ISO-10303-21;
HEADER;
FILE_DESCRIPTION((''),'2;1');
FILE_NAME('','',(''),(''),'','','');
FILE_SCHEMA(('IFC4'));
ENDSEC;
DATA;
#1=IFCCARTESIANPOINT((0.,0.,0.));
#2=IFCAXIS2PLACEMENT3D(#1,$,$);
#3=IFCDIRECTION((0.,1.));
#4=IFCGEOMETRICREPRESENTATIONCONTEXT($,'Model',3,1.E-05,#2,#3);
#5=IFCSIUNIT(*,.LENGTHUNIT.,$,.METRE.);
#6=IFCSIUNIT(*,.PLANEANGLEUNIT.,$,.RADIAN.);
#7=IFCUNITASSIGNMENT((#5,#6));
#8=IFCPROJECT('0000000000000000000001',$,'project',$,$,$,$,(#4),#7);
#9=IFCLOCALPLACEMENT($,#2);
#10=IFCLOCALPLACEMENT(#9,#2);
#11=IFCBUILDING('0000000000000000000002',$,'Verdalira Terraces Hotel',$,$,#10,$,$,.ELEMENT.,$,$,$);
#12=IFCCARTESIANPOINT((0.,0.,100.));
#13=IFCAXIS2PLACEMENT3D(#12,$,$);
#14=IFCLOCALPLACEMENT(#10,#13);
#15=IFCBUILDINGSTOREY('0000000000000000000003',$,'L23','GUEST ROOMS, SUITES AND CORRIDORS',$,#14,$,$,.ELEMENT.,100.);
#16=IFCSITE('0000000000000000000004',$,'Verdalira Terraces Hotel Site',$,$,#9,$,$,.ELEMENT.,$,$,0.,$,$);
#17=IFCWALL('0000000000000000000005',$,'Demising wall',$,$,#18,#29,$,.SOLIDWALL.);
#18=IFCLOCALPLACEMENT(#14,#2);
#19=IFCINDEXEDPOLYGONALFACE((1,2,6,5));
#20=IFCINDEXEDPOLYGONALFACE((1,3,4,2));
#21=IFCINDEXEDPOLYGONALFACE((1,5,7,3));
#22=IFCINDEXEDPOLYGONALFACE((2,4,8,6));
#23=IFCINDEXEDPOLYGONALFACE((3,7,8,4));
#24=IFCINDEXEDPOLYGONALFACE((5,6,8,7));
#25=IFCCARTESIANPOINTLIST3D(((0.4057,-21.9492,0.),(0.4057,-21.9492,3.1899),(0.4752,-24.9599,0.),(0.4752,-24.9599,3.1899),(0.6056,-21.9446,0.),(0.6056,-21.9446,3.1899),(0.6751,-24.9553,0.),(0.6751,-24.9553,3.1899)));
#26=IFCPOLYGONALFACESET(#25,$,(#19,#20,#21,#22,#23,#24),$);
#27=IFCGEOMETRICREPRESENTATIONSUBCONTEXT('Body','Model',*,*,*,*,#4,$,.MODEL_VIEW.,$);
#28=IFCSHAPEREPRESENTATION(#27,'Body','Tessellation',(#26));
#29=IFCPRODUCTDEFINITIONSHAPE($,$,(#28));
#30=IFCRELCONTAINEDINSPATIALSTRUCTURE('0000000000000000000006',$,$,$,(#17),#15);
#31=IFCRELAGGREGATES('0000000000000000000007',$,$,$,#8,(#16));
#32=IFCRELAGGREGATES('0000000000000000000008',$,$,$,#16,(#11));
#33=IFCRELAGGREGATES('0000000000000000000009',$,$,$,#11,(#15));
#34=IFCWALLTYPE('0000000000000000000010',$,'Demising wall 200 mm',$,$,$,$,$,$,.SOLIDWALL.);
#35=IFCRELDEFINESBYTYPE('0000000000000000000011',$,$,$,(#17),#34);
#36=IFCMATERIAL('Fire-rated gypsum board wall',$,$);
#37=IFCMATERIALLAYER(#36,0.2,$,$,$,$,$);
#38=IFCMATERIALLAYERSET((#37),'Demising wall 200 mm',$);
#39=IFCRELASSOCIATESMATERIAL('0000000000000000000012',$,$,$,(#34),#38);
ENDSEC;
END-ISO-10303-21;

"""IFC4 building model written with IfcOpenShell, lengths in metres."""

from ifc_helpers import new_model, si_unit, direction, frame, frame_2d, origin, place, context, subcontext, project, spatial, rectangle, extrude, material, layer, layer_set, type_object, element, save


model = new_model("IFC4")

# Units and contexts
model_context = context("Model", 3, precision=1e-05, world=origin(), true_north=direction((0.0, 1.0)))
body_context = subcontext(model_context, "Body", "Model", "MODEL_VIEW")
ifc_project = project(units=[si_unit("LENGTHUNIT", "METRE"), si_unit("PLANEANGLEUNIT", "RADIAN")], contexts=[model_context])

# Site, building, storey
site_placement = place(None, origin())
site = spatial("IfcSite", under=ifc_project, at=site_placement, Name="Verdalira Terraces Hotel Site", CompositionType="ELEMENT", RefElevation=0.0)
building_placement = place(site_placement, origin())
building = spatial("IfcBuilding", under=site, at=building_placement, Name="Verdalira Terraces Hotel", CompositionType="ELEMENT")
storey_placement = place(building_placement, frame((0.0, 0.0, 100.0)))
storey = spatial("IfcBuildingStorey", under=building, at=storey_placement, Name="L23", Description="GUEST ROOMS, SUITES AND CORRIDORS", CompositionType="ELEMENT", Elevation=100.0)

# Wall
ifc_material_1 = material(Name="Fire-rated gypsum board wall")
ifc_layer_1 = layer(ifc_material_1, 0.2)
ifc_layer_set_1 = layer_set([ifc_layer_1], Name="Demising wall 200 mm")
wall_type_1 = type_object("IfcWallType", Name="Demising wall 200 mm", PredefinedType="SOLIDWALL", material=ifc_layer_set_1)
wall_1_placement = place(storey_placement, frame((0.5056, -21.9468, 0.0), z_axis=(0.0, 0.0, 1.0), x_axis=(0.023104, -0.999733, 0.0)))
element("IfcWall", 1, at=wall_1_placement, inside=storey, type_object=wall_type_1, Name="Demising wall", PredefinedType="SOLIDWALL", context=body_context, shape_type="SweptSolid", body=[
    extrude(rectangle(XDim=3.0115, YDim=0.2, at=frame_2d((1.5059, 0.0))), origin(), (0.0, 0.0, 1.0), 3.1899),
])

save(model, "model.ifc")
